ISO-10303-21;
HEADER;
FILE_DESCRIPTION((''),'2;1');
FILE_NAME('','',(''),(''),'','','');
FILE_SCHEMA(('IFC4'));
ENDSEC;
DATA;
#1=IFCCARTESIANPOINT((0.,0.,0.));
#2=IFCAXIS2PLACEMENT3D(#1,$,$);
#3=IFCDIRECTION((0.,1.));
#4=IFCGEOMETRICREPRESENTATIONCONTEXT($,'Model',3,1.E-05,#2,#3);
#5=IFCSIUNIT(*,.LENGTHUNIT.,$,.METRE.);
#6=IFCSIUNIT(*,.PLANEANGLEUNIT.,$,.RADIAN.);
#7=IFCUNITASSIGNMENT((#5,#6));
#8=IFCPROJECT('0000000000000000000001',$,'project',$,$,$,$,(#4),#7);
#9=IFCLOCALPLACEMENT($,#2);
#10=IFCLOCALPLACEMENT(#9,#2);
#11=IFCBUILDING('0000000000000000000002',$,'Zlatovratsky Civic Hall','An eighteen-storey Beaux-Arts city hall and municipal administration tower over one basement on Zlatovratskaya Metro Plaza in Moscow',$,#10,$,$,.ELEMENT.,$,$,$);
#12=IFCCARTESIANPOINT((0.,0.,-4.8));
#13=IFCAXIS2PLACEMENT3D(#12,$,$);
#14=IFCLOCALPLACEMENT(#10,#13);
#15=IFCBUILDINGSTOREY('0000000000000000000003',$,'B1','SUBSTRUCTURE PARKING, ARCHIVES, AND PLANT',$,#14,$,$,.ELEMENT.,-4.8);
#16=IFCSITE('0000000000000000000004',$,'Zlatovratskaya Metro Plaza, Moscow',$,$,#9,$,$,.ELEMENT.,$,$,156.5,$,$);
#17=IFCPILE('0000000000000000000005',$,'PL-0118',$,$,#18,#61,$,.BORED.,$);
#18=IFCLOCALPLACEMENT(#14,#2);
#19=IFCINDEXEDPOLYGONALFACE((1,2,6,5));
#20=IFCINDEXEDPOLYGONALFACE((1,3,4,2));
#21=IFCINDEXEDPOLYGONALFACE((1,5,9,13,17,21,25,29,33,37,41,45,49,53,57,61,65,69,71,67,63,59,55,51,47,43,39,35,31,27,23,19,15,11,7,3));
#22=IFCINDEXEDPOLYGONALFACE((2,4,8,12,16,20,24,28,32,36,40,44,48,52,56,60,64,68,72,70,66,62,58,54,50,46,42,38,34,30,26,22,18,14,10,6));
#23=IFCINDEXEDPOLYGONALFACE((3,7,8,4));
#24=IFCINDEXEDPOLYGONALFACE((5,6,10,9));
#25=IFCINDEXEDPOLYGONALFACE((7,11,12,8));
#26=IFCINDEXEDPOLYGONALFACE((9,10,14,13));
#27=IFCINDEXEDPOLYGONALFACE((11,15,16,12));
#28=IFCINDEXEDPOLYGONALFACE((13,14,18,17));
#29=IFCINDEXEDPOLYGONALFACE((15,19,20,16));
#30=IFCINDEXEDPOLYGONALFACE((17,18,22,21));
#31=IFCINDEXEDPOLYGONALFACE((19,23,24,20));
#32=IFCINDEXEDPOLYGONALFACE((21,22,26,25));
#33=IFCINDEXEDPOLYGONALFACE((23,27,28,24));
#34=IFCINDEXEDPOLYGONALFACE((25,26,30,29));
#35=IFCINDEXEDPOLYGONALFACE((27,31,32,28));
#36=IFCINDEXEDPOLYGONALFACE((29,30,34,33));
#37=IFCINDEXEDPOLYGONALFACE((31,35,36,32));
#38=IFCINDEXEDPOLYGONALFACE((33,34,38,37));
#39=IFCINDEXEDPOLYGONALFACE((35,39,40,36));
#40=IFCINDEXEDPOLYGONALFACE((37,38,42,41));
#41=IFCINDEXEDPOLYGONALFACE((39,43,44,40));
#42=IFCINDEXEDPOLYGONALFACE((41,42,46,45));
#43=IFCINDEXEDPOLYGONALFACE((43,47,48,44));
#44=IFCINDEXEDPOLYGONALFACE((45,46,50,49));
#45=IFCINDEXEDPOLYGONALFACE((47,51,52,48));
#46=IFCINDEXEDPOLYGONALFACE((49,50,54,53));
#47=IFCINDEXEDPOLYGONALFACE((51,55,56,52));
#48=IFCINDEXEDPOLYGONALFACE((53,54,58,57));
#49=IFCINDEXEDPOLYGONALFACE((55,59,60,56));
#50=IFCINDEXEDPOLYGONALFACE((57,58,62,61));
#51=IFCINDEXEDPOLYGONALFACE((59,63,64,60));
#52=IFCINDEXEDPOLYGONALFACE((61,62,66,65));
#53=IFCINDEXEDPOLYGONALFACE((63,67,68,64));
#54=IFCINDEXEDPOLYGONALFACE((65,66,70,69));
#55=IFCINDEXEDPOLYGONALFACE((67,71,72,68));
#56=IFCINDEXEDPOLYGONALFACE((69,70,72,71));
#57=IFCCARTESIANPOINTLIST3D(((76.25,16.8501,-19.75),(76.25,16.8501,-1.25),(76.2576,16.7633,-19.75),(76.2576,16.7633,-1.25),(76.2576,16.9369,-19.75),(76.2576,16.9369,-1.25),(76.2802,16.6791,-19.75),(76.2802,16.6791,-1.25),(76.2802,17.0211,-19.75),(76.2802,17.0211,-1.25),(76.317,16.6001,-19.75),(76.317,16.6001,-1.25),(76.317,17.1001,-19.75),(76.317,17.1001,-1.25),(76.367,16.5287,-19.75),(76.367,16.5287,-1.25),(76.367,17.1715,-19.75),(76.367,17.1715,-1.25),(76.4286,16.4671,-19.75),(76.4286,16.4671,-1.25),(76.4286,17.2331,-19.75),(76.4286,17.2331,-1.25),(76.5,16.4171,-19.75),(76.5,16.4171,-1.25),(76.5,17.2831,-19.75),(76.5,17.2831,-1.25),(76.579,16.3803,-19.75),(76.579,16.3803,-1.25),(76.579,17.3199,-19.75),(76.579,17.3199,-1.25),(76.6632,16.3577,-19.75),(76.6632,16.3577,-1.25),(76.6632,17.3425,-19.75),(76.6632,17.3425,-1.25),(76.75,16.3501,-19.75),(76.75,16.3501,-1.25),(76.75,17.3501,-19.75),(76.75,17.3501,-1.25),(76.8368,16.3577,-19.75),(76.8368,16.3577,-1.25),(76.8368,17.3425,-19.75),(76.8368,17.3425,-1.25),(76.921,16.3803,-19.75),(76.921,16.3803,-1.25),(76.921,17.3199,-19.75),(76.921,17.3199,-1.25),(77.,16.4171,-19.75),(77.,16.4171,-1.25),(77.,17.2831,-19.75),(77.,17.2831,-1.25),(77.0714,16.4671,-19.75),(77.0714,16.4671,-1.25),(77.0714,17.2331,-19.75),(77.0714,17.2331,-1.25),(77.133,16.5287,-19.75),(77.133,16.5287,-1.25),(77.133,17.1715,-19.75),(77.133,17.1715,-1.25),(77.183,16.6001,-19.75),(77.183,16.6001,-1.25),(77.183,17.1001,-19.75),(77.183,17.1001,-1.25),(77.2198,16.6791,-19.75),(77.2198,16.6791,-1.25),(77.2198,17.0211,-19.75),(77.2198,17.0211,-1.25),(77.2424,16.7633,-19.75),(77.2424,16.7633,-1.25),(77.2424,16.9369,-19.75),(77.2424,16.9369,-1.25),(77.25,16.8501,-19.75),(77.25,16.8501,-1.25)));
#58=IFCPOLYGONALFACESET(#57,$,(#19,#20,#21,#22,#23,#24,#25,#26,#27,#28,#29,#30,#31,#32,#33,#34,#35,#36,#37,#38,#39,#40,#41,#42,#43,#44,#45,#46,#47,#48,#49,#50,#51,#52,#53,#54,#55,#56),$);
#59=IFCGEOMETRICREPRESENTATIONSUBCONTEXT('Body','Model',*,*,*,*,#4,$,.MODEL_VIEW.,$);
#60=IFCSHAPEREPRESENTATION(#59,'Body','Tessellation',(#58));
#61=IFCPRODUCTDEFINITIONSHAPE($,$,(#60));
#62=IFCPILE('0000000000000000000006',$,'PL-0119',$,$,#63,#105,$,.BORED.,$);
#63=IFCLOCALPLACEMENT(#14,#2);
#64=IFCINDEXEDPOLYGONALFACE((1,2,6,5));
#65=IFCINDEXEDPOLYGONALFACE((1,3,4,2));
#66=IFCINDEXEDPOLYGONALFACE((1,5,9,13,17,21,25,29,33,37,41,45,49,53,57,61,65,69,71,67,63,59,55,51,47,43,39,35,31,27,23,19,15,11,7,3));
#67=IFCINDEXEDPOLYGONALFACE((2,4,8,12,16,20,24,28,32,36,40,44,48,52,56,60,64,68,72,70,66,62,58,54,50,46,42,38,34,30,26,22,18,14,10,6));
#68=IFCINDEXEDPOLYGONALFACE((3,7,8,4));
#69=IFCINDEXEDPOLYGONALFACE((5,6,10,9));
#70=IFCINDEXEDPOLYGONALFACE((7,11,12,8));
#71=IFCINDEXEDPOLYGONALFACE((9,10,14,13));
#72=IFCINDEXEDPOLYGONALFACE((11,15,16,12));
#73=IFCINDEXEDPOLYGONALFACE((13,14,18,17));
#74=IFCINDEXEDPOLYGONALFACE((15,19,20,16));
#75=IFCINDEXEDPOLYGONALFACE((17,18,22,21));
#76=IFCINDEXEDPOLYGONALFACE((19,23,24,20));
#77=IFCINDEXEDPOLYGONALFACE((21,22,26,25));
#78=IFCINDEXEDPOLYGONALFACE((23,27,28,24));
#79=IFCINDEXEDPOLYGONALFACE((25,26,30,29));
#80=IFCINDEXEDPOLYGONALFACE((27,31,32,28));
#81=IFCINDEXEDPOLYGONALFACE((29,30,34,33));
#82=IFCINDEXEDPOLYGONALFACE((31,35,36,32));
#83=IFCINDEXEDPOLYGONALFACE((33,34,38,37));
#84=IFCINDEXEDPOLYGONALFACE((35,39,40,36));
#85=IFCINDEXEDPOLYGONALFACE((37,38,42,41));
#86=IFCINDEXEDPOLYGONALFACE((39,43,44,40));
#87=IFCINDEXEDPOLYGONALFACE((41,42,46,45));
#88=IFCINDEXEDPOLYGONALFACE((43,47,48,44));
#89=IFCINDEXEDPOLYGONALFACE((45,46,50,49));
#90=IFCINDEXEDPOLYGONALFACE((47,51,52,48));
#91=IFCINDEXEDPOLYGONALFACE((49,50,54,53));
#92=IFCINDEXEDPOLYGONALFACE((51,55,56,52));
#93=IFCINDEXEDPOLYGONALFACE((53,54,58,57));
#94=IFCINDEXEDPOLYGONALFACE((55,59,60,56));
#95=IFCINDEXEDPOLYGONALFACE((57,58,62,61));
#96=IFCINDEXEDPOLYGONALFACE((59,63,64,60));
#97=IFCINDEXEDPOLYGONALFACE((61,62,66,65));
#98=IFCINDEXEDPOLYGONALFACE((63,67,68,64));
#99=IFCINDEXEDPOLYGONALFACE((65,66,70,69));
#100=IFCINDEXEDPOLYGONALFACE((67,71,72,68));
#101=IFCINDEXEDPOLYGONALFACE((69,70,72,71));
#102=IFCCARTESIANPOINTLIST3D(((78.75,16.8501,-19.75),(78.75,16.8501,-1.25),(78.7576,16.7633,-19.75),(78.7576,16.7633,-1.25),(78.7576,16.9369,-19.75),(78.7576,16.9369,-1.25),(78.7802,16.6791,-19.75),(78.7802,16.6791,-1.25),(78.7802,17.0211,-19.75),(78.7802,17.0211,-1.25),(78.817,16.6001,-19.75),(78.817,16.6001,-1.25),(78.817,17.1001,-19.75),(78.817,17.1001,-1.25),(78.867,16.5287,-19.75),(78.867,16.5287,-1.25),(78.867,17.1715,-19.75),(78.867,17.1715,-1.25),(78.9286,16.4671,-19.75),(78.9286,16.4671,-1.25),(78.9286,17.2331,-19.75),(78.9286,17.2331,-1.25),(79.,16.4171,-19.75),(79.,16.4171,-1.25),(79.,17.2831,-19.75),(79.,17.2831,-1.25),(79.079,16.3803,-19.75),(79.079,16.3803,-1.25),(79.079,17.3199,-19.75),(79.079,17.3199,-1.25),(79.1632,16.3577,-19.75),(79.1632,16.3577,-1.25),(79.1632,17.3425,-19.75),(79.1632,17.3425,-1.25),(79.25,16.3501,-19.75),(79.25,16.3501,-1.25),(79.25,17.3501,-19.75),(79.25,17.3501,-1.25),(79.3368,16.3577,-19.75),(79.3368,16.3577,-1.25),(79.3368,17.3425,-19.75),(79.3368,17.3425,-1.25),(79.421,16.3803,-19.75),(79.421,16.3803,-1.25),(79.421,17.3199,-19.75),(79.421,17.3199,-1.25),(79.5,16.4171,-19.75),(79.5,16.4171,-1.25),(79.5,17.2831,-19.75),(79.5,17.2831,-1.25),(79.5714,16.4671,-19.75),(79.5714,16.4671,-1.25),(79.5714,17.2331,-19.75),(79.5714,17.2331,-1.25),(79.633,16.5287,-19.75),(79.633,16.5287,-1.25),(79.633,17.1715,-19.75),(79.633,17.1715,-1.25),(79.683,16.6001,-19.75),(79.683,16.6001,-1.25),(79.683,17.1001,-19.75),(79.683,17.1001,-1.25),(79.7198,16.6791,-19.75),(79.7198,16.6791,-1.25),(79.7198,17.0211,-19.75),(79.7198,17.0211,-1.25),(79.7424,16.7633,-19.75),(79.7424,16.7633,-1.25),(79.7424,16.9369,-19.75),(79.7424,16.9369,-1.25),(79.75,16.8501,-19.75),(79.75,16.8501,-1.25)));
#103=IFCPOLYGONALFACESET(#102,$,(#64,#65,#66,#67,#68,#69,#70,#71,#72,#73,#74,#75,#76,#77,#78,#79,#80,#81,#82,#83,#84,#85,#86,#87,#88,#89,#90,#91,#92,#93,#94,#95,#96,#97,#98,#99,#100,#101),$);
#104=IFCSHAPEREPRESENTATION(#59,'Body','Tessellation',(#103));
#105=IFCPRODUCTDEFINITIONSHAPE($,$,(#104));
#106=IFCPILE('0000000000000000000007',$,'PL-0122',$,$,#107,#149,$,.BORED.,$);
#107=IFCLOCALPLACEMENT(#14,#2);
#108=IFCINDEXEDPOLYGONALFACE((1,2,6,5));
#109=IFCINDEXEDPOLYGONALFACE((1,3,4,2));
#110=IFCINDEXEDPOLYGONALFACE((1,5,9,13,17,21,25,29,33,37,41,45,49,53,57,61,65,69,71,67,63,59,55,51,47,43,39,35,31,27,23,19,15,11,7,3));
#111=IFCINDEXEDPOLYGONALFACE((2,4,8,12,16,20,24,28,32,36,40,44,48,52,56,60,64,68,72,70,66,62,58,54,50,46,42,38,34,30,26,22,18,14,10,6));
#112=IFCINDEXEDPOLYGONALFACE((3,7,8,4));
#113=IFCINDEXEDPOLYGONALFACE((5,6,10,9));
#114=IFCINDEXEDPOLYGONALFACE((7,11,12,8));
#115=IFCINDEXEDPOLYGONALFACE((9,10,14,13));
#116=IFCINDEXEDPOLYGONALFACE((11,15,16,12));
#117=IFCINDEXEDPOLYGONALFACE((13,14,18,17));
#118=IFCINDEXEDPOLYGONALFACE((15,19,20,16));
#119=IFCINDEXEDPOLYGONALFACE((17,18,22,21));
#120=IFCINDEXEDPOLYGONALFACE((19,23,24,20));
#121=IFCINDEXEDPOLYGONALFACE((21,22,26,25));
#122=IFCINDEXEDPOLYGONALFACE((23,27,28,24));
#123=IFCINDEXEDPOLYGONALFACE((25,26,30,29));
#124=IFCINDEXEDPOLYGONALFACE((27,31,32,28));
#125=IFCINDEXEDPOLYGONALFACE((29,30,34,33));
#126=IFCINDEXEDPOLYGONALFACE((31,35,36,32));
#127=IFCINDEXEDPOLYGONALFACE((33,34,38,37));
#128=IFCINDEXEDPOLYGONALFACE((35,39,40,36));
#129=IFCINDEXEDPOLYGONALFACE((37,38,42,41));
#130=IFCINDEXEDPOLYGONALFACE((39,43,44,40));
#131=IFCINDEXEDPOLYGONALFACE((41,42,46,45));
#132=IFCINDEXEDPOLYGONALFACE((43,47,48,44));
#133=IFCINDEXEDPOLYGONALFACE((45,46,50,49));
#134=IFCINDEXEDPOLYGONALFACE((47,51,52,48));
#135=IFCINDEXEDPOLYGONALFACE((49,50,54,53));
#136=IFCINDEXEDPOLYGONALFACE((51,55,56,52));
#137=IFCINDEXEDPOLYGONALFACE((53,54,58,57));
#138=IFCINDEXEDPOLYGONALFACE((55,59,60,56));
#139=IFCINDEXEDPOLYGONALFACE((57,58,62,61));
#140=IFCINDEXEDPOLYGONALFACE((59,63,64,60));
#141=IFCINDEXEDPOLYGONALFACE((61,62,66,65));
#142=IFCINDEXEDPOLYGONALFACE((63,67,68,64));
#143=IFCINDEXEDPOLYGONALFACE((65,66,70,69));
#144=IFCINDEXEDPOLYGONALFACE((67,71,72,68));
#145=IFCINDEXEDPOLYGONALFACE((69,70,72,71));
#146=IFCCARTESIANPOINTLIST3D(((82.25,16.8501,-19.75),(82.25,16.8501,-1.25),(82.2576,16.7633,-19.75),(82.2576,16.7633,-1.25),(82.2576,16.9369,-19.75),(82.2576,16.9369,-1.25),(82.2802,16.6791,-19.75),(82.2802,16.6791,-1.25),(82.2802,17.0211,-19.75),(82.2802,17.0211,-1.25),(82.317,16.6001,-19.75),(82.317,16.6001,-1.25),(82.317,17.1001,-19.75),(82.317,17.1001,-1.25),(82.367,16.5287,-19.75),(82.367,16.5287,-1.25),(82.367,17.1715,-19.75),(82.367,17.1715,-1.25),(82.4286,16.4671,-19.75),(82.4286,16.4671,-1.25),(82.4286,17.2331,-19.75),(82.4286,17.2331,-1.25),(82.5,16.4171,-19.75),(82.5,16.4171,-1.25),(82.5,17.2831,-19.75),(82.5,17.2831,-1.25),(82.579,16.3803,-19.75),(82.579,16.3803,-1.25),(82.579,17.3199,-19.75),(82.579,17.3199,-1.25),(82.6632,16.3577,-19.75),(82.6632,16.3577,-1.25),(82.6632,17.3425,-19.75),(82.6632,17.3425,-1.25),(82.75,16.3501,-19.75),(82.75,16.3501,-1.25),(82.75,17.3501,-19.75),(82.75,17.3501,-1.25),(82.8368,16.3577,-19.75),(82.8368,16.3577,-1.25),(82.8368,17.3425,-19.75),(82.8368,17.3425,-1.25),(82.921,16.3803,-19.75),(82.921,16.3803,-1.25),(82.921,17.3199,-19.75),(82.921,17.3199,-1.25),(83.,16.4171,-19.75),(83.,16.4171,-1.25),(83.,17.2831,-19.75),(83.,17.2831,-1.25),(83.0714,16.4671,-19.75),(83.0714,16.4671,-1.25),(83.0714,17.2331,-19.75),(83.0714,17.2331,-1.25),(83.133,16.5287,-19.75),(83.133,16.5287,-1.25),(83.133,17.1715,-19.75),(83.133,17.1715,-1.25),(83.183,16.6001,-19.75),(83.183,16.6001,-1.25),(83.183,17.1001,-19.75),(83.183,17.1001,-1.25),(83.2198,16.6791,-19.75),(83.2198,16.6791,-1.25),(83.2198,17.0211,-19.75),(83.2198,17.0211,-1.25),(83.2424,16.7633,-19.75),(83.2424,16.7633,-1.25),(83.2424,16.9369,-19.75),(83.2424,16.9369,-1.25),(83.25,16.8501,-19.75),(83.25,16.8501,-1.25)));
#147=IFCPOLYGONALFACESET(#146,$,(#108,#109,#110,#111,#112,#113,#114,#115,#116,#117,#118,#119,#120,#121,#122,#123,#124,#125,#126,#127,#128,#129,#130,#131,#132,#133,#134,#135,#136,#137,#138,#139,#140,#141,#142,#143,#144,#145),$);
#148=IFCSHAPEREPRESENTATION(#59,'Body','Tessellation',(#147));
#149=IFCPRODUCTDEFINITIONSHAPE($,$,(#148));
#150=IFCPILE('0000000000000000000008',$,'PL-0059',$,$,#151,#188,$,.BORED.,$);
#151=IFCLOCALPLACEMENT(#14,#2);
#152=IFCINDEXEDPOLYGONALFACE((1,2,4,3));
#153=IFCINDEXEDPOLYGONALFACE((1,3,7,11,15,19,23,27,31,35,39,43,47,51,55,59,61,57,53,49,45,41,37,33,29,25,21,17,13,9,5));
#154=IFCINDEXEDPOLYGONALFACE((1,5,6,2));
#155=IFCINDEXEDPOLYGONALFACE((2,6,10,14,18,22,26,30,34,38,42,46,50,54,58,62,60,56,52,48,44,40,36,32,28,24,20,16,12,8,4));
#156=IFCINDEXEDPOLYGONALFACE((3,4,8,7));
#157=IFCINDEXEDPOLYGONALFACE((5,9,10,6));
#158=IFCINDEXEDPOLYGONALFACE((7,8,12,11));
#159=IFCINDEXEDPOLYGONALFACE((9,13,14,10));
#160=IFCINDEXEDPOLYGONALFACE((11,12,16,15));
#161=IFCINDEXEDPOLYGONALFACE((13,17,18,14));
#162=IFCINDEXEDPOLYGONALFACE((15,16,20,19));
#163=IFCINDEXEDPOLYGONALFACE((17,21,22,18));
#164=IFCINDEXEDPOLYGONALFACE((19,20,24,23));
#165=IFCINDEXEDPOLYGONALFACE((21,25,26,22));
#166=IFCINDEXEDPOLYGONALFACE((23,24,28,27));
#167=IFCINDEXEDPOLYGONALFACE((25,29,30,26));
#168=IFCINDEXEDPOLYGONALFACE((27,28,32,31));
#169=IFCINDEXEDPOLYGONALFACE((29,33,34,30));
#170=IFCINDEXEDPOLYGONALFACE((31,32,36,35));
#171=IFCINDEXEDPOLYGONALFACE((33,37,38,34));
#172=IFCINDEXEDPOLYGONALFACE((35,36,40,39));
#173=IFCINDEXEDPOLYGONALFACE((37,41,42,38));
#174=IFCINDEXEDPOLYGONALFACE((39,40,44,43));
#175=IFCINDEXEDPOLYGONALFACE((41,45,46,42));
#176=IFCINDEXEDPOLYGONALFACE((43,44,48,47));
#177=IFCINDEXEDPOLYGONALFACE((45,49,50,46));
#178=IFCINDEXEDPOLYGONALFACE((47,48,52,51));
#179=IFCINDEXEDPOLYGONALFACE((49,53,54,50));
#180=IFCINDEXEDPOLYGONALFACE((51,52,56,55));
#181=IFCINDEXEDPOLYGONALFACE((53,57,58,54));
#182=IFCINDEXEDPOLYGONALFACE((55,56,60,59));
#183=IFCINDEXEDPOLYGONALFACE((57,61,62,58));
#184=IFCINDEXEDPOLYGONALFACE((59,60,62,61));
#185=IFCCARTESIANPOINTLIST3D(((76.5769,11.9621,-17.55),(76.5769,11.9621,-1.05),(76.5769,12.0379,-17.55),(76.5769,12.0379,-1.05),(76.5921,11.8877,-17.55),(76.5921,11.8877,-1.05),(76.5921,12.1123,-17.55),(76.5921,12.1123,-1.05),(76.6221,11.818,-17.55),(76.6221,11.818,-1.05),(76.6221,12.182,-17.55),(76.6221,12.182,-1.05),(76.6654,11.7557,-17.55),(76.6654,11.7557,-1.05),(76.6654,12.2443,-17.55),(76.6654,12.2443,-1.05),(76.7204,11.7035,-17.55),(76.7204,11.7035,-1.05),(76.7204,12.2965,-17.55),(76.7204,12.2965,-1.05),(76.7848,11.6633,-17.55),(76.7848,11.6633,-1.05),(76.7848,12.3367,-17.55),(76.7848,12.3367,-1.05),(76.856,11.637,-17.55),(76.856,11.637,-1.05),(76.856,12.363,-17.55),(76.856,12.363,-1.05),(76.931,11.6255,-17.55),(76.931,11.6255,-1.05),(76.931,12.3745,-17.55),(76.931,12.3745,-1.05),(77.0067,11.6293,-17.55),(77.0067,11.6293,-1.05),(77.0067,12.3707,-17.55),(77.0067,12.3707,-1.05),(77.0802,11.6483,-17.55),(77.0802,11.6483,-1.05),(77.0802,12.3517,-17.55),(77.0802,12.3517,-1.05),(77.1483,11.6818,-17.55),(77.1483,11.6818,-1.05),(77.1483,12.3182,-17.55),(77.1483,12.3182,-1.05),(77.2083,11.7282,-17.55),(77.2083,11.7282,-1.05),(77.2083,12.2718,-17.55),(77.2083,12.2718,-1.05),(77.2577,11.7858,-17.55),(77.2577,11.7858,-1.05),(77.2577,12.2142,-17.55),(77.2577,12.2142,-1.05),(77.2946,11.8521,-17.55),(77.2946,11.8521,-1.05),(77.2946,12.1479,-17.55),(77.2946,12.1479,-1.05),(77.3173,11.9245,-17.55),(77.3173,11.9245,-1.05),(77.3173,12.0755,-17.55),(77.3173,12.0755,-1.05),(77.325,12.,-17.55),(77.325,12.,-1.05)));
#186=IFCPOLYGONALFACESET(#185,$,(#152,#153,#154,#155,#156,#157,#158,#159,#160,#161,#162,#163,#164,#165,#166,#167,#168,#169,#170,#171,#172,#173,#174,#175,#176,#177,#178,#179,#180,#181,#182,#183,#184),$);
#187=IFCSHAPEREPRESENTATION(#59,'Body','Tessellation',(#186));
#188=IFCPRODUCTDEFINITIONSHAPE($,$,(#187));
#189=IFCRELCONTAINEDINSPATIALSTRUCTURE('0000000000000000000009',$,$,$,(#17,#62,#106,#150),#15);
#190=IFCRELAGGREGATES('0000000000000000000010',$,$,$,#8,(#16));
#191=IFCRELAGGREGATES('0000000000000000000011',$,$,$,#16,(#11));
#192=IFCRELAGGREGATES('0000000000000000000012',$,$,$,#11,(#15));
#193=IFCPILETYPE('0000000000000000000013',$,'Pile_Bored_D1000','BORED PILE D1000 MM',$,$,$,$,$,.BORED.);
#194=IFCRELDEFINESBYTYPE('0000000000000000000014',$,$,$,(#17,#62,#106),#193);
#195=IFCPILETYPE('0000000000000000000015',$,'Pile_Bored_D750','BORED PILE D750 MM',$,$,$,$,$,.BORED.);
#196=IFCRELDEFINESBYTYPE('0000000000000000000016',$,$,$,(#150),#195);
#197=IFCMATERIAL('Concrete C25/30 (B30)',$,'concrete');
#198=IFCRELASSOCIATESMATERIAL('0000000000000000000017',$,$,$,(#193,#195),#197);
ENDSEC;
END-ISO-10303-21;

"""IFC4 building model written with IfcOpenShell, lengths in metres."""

from ifc_helpers import new_model, si_unit, direction, frame, origin, origin_2d, place, context, subcontext, project, spatial, circle, extrude, material, material_profile, profile_set, type_object, element, save


model = new_model("IFC4")

# Units and contexts
model_context = context("Model", 3, precision=1e-05, world=origin(), true_north=direction((0.0, 1.0)))
body_context = subcontext(model_context, "Body", "Model", "MODEL_VIEW")
ifc_project = project(units=[si_unit("LENGTHUNIT", "METRE"), si_unit("PLANEANGLEUNIT", "RADIAN")], contexts=[model_context])

# Site, building, storey
site_placement = place(None, origin())
site = spatial("IfcSite", under=ifc_project, at=site_placement, Name="Zlatovratskaya Metro Plaza, Moscow", CompositionType="ELEMENT", RefElevation=156.5)
building_placement = place(site_placement, origin())
building = spatial("IfcBuilding", under=site, at=building_placement, Name="Zlatovratsky Civic Hall", Description="An eighteen-storey Beaux-Arts city hall and municipal administration tower over one basement on Zlatovratskaya Metro Plaza in Moscow", CompositionType="ELEMENT")
storey_placement = place(building_placement, frame((0.0, 0.0, -4.8)))
storey = spatial("IfcBuildingStorey", under=building, at=storey_placement, Name="B1", Description="SUBSTRUCTURE PARKING, ARCHIVES, AND PLANT", CompositionType="ELEMENT", Elevation=-4.8)

# Shared definitions
ifc_material_1 = material(Name="Concrete C25/30 (B30)", Category="concrete")

# Piles
ifc_material_profile_1 = material_profile(ifc_material_1, circle(Radius=0.5, at=origin_2d()), Name="PILE D1000")
ifc_profile_set_1 = profile_set([ifc_material_profile_1], Name="Concrete C25/30 (B30)")
pile_type_1 = type_object("IfcPileType", Name="Pile_Bored_D1000", Description="BORED PILE D1000 MM", PredefinedType="BORED", material=ifc_profile_set_1)
for number, where, z_axis, x_axis, name in (
    (1, (76.75, 16.8501, -1.25), (0.0, 0.0, -1.0), (1.0, 0.0, 0.0), "PL-0118"),
    (2, (79.25, 16.8501, -1.25), (0.0, 0.0, -1.0), (1.0, 0.0, 0.0), "PL-0119"),
    (3, (82.75, 16.8501, -1.25), (0.0, 0.0, -1.0), (1.0, 0.0, 0.0), "PL-0122"),
):
    element("IfcPile", number, at=place(storey_placement, frame(where, z_axis=z_axis, x_axis=x_axis)), inside=storey, type_object=pile_type_1, Name=name, PredefinedType="BORED", context=body_context, shape_type="SweptSolid", body=[
        extrude(circle(Radius=0.5, at=origin_2d()), origin(), (0.0, 0.0, 1.0), 18.5),
    ])
ifc_material_profile_2 = material_profile(ifc_material_1, circle(Radius=0.375, at=origin_2d()), Name="PILE D750")
ifc_profile_set_2 = profile_set([ifc_material_profile_2], Name="Concrete C25/30 (B30)")
pile_type_2 = type_object("IfcPileType", Name="Pile_Bored_D750", Description="BORED PILE D750 MM", PredefinedType="BORED", material=ifc_profile_set_2)
for number, where, z_axis, x_axis, name in (
    (4, (76.95, 12.0, -1.05), (0.0, 0.0, -1.0), (1.0, 0.0, 0.0), "PL-0059"),
):
    element("IfcPile", number, at=place(storey_placement, frame(where, z_axis=z_axis, x_axis=x_axis)), inside=storey, type_object=pile_type_2, Name=name, PredefinedType="BORED", context=body_context, shape_type="SweptSolid", body=[
        extrude(circle(Radius=0.375, at=origin_2d()), origin(), (0.0, 0.0, 1.0), 16.5),
    ])

save(model, "model.ifc")
